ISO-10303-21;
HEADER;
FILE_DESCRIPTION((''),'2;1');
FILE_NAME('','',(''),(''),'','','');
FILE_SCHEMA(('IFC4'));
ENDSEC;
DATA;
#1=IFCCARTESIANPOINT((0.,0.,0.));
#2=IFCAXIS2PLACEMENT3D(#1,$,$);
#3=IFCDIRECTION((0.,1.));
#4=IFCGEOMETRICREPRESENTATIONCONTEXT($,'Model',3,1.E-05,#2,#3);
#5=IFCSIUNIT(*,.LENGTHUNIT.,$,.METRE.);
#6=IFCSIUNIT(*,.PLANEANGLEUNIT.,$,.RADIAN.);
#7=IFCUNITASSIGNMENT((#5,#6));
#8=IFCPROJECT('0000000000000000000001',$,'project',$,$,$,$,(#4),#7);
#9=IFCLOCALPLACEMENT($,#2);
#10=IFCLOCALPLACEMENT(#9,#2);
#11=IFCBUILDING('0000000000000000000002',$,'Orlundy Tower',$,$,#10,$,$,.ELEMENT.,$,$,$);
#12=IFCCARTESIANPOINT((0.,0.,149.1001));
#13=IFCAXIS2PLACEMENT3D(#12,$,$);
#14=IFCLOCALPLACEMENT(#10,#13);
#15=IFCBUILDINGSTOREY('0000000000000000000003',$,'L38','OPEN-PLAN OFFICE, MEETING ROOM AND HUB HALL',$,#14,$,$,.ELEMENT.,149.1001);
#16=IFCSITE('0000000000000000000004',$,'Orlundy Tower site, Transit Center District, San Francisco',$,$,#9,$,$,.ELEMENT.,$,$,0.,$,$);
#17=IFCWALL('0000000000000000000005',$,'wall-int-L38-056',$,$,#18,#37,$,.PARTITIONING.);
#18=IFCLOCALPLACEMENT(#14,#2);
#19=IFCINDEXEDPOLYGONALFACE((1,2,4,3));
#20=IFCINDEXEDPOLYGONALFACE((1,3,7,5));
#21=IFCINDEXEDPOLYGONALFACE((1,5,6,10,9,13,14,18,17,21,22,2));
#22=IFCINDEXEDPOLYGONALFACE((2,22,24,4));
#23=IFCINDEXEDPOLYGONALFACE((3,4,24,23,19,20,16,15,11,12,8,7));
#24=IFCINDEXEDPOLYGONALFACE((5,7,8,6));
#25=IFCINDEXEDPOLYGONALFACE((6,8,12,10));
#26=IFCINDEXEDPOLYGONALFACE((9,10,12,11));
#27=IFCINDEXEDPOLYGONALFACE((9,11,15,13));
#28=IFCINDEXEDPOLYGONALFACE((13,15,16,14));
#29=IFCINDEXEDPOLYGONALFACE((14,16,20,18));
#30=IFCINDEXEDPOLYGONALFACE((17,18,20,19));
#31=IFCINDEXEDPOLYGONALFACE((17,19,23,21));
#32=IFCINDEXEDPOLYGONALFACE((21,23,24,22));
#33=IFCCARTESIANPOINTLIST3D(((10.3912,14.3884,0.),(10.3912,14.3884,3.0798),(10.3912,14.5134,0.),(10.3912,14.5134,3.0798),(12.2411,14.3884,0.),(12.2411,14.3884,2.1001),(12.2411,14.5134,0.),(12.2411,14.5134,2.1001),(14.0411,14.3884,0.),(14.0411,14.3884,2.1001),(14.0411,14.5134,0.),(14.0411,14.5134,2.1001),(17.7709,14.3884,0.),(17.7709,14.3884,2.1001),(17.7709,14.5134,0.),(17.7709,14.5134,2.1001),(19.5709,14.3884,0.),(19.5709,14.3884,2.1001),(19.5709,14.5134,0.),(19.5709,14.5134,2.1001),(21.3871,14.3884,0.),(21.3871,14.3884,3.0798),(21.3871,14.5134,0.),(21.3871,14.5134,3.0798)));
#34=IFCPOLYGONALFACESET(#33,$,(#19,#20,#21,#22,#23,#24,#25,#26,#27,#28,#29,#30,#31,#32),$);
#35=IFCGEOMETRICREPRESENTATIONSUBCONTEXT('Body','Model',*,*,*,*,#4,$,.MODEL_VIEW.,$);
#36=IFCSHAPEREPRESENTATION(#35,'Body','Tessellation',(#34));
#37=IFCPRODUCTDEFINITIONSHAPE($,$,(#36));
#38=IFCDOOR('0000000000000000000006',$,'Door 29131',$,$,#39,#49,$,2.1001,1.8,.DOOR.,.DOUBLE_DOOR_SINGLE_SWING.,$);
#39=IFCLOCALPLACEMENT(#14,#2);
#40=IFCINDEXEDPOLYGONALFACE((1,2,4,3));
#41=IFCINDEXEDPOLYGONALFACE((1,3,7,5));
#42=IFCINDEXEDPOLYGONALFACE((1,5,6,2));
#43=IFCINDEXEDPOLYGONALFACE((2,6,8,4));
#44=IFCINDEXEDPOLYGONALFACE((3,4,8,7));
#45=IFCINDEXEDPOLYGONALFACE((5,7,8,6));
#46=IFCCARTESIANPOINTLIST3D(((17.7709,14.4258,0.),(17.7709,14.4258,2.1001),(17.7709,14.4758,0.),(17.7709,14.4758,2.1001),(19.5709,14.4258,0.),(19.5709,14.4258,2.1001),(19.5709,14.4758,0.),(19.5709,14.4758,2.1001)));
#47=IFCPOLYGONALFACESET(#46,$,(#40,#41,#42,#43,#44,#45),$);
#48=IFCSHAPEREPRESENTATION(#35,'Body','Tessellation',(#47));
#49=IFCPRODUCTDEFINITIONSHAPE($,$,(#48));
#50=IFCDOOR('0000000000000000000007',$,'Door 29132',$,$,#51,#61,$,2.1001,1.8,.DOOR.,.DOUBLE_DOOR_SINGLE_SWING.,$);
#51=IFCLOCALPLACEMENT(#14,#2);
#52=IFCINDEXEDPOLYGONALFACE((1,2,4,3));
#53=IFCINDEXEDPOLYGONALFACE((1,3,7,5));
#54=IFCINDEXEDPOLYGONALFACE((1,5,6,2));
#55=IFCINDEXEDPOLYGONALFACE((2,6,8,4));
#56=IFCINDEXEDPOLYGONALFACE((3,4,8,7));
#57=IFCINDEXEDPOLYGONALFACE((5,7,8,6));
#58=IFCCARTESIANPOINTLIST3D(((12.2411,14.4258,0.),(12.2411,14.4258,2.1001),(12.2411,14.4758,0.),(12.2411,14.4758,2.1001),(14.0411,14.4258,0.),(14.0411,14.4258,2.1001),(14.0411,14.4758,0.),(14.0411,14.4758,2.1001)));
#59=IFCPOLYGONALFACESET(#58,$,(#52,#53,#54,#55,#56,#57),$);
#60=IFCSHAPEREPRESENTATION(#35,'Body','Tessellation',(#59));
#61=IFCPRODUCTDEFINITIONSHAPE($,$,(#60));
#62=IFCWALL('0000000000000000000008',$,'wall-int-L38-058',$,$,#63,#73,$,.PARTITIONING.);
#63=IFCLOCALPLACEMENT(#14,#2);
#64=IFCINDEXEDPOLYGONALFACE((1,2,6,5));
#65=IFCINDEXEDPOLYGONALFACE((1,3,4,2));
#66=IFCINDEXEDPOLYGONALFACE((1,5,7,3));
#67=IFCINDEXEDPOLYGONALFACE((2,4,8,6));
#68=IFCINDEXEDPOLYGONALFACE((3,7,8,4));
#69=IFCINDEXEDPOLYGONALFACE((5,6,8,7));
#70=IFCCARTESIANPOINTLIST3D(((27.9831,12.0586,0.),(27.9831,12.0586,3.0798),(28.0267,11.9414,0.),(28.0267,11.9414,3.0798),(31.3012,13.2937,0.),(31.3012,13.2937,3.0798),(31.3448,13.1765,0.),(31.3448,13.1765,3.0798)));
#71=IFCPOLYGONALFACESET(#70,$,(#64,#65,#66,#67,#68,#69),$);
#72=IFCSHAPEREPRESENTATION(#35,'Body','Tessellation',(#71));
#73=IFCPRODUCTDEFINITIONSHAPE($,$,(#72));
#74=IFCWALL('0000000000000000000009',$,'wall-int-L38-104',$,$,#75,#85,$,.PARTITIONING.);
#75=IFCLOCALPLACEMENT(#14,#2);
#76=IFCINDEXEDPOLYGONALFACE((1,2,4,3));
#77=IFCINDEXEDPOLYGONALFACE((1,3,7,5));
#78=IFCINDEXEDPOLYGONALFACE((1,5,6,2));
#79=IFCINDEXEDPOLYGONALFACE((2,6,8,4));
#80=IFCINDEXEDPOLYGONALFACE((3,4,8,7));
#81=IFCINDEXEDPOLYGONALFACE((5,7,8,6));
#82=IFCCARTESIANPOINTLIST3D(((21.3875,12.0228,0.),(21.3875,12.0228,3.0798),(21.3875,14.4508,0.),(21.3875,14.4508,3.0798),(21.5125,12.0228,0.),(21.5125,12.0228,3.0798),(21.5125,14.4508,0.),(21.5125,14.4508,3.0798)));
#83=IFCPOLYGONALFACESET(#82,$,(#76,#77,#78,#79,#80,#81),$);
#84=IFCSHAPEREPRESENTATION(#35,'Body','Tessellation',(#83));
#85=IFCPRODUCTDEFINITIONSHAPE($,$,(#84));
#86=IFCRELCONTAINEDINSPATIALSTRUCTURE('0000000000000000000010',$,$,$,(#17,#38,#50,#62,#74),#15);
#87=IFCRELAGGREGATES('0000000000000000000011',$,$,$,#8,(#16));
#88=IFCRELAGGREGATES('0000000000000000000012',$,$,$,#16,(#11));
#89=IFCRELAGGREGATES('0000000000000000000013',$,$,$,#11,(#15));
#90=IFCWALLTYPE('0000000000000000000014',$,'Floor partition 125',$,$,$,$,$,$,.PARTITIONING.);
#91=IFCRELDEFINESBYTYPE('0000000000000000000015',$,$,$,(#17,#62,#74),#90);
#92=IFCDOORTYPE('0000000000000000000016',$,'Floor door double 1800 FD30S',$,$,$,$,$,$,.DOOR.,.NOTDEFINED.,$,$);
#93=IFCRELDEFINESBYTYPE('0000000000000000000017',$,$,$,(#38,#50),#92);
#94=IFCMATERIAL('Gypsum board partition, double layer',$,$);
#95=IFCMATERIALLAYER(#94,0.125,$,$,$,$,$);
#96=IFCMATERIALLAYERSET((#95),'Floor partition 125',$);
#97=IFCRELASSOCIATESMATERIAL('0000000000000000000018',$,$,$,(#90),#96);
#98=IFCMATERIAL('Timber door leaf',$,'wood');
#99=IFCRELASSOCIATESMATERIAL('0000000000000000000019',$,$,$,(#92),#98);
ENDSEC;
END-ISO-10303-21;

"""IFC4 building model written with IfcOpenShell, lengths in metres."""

from ifc_helpers import new_model, si_unit, direction, frame, frame_2d, origin, place, context, subcontext, project, spatial, rectangle, extrude, material, layer, layer_set, type_object, element, fill, save


model = new_model("IFC4")

# Units and contexts
model_context = context("Model", 3, precision=1e-05, world=origin(), true_north=direction((0.0, 1.0)))
body_context = subcontext(model_context, "Body", "Model", "MODEL_VIEW")
ifc_project = project(units=[si_unit("LENGTHUNIT", "METRE"), si_unit("PLANEANGLEUNIT", "RADIAN")], contexts=[model_context])

# Site, building, storey
site_placement = place(None, origin())
site = spatial("IfcSite", under=ifc_project, at=site_placement, Name="Orlundy Tower site, Transit Center District, San Francisco", CompositionType="ELEMENT", RefElevation=0.0)
building_placement = place(site_placement, origin())
building = spatial("IfcBuilding", under=site, at=building_placement, Name="Orlundy Tower", CompositionType="ELEMENT")
storey_placement = place(building_placement, frame((0.0, 0.0, 149.1001)))
storey = spatial("IfcBuildingStorey", under=building, at=storey_placement, Name="L38", Description="OPEN-PLAN OFFICE, MEETING ROOM AND HUB HALL", CompositionType="ELEMENT", Elevation=149.1001)

# Shared definitions
ifc_material_1 = material(Name="Gypsum board partition, double layer")
ifc_layer_1 = layer(ifc_material_1, 0.125)
ifc_layer_set_1 = layer_set([ifc_layer_1], Name="Floor partition 125")
wall_type_1 = type_object("IfcWallType", Name="Floor partition 125", PredefinedType="PARTITIONING", material=ifc_layer_set_1)

# Wall, openings, doors
wall_1_placement = place(storey_placement, frame((10.3911, 14.4509, 0.0), z_axis=(0.0, 0.0, 1.0), x_axis=(1.0, 0.0, 0.0)))
wall_1 = element("IfcWall", 1, at=wall_1_placement, inside=storey, type_object=wall_type_1, Name="wall-int-L38-056", PredefinedType="PARTITIONING", context=body_context, shape_type="SweptSolid", body=[
    extrude(rectangle(XDim=10.9958, YDim=0.125, at=frame_2d((5.498, 0.0))), origin(), (0.0, 0.0, 1.0), 3.0798),
])
opening_1_placement = place(wall_1_placement, frame((7.3799, 0.0, 0.0)))
opening_1 = element("IfcOpeningElement", 2, at=opening_1_placement, cuts=wall_1, PredefinedType="OPENING", context=body_context, shape_type="SweptSolid", body=[
    extrude(rectangle(XDim=1.8, YDim=2.1001, at=frame_2d((0.8999, 1.05))), frame((0.0, 0.0725, 0.0), z_axis=(0.0, -1.0, 0.0), x_axis=(1.0, 0.0, 0.0)), (0.0, 0.0, 1.0), 0.145),
])
opening_2_placement = place(wall_1_placement, frame((1.8501, 0.0, 0.0)))
opening_2 = element("IfcOpeningElement", 3, at=opening_2_placement, cuts=wall_1, PredefinedType="OPENING", context=body_context, shape_type="SweptSolid", body=[
    extrude(rectangle(XDim=1.8, YDim=2.1001, at=frame_2d((0.8999, 1.05))), frame((0.0, 0.0725, 0.0), z_axis=(0.0, -1.0, 0.0), x_axis=(1.0, 0.0, 0.0)), (0.0, 0.0, 1.0), 0.145),
])
ifc_material_2 = material(Name="Timber door leaf", Category="wood")
door_type = type_object("IfcDoorType", Name="Floor door double 1800 FD30S", OperationType="NOTDEFINED", PredefinedType="DOOR", material=ifc_material_2)
door_1_placement = place(opening_1_placement, origin())
door_1 = element("IfcDoor", 4, at=door_1_placement, inside=storey, type_object=door_type, Name="Door 29131", OperationType="DOUBLE_DOOR_SINGLE_SWING", OverallHeight=2.1001, OverallWidth=1.8, PredefinedType="DOOR", context=body_context, shape_type="SweptSolid", body=[
    extrude(rectangle(XDim=1.8, YDim=2.1001, at=frame_2d((0.8999, 1.05))), frame((0.0, 0.0249, 0.0), z_axis=(0.0, -1.0, 0.0), x_axis=(1.0, 0.0, 0.0)), (0.0, 0.0, 1.0), 0.05),
])
fill(opening_1, door_1)
door_2_placement = place(opening_2_placement, origin())
door_2 = element("IfcDoor", 5, at=door_2_placement, inside=storey, type_object=door_type, Name="Door 29132", OperationType="DOUBLE_DOOR_SINGLE_SWING", OverallHeight=2.1001, OverallWidth=1.8, PredefinedType="DOOR", context=body_context, shape_type="SweptSolid", body=[
    extrude(rectangle(XDim=1.8, YDim=2.1001, at=frame_2d((0.8999, 1.05))), frame((0.0, 0.0249, 0.0), z_axis=(0.0, -1.0, 0.0), x_axis=(1.0, 0.0, 0.0)), (0.0, 0.0, 1.0), 0.05),
])
fill(opening_2, door_2)

# Walls
wall_2_placement = place(storey_placement, frame((28.0049, 12.0, 0.0), z_axis=(0.0, 0.0, 1.0), x_axis=(0.937179, 0.348848, 0.0)))
element("IfcWall", 6, at=wall_2_placement, inside=storey, type_object=wall_type_1, Name="wall-int-L38-058", PredefinedType="PARTITIONING", context=body_context, shape_type="SweptSolid", body=[
    extrude(rectangle(XDim=3.5405, YDim=0.125, at=frame_2d((1.7703, 0.0))), origin(), (0.0, 0.0, 1.0), 3.0798),
])
wall_3_placement = place(storey_placement, frame((21.45, 12.0229, 0.0), z_axis=(0.0, 0.0, 1.0), x_axis=(0.0, 1.0, 0.0)))
element("IfcWall", 7, at=wall_3_placement, inside=storey, type_object=wall_type_1, Name="wall-int-L38-104", PredefinedType="PARTITIONING", context=body_context, shape_type="SweptSolid", body=[
    extrude(rectangle(XDim=2.428, YDim=0.125, at=frame_2d((1.2139, 0.0))), origin(), (0.0, 0.0, 1.0), 3.0798),
])

save(model, "model.ifc")
